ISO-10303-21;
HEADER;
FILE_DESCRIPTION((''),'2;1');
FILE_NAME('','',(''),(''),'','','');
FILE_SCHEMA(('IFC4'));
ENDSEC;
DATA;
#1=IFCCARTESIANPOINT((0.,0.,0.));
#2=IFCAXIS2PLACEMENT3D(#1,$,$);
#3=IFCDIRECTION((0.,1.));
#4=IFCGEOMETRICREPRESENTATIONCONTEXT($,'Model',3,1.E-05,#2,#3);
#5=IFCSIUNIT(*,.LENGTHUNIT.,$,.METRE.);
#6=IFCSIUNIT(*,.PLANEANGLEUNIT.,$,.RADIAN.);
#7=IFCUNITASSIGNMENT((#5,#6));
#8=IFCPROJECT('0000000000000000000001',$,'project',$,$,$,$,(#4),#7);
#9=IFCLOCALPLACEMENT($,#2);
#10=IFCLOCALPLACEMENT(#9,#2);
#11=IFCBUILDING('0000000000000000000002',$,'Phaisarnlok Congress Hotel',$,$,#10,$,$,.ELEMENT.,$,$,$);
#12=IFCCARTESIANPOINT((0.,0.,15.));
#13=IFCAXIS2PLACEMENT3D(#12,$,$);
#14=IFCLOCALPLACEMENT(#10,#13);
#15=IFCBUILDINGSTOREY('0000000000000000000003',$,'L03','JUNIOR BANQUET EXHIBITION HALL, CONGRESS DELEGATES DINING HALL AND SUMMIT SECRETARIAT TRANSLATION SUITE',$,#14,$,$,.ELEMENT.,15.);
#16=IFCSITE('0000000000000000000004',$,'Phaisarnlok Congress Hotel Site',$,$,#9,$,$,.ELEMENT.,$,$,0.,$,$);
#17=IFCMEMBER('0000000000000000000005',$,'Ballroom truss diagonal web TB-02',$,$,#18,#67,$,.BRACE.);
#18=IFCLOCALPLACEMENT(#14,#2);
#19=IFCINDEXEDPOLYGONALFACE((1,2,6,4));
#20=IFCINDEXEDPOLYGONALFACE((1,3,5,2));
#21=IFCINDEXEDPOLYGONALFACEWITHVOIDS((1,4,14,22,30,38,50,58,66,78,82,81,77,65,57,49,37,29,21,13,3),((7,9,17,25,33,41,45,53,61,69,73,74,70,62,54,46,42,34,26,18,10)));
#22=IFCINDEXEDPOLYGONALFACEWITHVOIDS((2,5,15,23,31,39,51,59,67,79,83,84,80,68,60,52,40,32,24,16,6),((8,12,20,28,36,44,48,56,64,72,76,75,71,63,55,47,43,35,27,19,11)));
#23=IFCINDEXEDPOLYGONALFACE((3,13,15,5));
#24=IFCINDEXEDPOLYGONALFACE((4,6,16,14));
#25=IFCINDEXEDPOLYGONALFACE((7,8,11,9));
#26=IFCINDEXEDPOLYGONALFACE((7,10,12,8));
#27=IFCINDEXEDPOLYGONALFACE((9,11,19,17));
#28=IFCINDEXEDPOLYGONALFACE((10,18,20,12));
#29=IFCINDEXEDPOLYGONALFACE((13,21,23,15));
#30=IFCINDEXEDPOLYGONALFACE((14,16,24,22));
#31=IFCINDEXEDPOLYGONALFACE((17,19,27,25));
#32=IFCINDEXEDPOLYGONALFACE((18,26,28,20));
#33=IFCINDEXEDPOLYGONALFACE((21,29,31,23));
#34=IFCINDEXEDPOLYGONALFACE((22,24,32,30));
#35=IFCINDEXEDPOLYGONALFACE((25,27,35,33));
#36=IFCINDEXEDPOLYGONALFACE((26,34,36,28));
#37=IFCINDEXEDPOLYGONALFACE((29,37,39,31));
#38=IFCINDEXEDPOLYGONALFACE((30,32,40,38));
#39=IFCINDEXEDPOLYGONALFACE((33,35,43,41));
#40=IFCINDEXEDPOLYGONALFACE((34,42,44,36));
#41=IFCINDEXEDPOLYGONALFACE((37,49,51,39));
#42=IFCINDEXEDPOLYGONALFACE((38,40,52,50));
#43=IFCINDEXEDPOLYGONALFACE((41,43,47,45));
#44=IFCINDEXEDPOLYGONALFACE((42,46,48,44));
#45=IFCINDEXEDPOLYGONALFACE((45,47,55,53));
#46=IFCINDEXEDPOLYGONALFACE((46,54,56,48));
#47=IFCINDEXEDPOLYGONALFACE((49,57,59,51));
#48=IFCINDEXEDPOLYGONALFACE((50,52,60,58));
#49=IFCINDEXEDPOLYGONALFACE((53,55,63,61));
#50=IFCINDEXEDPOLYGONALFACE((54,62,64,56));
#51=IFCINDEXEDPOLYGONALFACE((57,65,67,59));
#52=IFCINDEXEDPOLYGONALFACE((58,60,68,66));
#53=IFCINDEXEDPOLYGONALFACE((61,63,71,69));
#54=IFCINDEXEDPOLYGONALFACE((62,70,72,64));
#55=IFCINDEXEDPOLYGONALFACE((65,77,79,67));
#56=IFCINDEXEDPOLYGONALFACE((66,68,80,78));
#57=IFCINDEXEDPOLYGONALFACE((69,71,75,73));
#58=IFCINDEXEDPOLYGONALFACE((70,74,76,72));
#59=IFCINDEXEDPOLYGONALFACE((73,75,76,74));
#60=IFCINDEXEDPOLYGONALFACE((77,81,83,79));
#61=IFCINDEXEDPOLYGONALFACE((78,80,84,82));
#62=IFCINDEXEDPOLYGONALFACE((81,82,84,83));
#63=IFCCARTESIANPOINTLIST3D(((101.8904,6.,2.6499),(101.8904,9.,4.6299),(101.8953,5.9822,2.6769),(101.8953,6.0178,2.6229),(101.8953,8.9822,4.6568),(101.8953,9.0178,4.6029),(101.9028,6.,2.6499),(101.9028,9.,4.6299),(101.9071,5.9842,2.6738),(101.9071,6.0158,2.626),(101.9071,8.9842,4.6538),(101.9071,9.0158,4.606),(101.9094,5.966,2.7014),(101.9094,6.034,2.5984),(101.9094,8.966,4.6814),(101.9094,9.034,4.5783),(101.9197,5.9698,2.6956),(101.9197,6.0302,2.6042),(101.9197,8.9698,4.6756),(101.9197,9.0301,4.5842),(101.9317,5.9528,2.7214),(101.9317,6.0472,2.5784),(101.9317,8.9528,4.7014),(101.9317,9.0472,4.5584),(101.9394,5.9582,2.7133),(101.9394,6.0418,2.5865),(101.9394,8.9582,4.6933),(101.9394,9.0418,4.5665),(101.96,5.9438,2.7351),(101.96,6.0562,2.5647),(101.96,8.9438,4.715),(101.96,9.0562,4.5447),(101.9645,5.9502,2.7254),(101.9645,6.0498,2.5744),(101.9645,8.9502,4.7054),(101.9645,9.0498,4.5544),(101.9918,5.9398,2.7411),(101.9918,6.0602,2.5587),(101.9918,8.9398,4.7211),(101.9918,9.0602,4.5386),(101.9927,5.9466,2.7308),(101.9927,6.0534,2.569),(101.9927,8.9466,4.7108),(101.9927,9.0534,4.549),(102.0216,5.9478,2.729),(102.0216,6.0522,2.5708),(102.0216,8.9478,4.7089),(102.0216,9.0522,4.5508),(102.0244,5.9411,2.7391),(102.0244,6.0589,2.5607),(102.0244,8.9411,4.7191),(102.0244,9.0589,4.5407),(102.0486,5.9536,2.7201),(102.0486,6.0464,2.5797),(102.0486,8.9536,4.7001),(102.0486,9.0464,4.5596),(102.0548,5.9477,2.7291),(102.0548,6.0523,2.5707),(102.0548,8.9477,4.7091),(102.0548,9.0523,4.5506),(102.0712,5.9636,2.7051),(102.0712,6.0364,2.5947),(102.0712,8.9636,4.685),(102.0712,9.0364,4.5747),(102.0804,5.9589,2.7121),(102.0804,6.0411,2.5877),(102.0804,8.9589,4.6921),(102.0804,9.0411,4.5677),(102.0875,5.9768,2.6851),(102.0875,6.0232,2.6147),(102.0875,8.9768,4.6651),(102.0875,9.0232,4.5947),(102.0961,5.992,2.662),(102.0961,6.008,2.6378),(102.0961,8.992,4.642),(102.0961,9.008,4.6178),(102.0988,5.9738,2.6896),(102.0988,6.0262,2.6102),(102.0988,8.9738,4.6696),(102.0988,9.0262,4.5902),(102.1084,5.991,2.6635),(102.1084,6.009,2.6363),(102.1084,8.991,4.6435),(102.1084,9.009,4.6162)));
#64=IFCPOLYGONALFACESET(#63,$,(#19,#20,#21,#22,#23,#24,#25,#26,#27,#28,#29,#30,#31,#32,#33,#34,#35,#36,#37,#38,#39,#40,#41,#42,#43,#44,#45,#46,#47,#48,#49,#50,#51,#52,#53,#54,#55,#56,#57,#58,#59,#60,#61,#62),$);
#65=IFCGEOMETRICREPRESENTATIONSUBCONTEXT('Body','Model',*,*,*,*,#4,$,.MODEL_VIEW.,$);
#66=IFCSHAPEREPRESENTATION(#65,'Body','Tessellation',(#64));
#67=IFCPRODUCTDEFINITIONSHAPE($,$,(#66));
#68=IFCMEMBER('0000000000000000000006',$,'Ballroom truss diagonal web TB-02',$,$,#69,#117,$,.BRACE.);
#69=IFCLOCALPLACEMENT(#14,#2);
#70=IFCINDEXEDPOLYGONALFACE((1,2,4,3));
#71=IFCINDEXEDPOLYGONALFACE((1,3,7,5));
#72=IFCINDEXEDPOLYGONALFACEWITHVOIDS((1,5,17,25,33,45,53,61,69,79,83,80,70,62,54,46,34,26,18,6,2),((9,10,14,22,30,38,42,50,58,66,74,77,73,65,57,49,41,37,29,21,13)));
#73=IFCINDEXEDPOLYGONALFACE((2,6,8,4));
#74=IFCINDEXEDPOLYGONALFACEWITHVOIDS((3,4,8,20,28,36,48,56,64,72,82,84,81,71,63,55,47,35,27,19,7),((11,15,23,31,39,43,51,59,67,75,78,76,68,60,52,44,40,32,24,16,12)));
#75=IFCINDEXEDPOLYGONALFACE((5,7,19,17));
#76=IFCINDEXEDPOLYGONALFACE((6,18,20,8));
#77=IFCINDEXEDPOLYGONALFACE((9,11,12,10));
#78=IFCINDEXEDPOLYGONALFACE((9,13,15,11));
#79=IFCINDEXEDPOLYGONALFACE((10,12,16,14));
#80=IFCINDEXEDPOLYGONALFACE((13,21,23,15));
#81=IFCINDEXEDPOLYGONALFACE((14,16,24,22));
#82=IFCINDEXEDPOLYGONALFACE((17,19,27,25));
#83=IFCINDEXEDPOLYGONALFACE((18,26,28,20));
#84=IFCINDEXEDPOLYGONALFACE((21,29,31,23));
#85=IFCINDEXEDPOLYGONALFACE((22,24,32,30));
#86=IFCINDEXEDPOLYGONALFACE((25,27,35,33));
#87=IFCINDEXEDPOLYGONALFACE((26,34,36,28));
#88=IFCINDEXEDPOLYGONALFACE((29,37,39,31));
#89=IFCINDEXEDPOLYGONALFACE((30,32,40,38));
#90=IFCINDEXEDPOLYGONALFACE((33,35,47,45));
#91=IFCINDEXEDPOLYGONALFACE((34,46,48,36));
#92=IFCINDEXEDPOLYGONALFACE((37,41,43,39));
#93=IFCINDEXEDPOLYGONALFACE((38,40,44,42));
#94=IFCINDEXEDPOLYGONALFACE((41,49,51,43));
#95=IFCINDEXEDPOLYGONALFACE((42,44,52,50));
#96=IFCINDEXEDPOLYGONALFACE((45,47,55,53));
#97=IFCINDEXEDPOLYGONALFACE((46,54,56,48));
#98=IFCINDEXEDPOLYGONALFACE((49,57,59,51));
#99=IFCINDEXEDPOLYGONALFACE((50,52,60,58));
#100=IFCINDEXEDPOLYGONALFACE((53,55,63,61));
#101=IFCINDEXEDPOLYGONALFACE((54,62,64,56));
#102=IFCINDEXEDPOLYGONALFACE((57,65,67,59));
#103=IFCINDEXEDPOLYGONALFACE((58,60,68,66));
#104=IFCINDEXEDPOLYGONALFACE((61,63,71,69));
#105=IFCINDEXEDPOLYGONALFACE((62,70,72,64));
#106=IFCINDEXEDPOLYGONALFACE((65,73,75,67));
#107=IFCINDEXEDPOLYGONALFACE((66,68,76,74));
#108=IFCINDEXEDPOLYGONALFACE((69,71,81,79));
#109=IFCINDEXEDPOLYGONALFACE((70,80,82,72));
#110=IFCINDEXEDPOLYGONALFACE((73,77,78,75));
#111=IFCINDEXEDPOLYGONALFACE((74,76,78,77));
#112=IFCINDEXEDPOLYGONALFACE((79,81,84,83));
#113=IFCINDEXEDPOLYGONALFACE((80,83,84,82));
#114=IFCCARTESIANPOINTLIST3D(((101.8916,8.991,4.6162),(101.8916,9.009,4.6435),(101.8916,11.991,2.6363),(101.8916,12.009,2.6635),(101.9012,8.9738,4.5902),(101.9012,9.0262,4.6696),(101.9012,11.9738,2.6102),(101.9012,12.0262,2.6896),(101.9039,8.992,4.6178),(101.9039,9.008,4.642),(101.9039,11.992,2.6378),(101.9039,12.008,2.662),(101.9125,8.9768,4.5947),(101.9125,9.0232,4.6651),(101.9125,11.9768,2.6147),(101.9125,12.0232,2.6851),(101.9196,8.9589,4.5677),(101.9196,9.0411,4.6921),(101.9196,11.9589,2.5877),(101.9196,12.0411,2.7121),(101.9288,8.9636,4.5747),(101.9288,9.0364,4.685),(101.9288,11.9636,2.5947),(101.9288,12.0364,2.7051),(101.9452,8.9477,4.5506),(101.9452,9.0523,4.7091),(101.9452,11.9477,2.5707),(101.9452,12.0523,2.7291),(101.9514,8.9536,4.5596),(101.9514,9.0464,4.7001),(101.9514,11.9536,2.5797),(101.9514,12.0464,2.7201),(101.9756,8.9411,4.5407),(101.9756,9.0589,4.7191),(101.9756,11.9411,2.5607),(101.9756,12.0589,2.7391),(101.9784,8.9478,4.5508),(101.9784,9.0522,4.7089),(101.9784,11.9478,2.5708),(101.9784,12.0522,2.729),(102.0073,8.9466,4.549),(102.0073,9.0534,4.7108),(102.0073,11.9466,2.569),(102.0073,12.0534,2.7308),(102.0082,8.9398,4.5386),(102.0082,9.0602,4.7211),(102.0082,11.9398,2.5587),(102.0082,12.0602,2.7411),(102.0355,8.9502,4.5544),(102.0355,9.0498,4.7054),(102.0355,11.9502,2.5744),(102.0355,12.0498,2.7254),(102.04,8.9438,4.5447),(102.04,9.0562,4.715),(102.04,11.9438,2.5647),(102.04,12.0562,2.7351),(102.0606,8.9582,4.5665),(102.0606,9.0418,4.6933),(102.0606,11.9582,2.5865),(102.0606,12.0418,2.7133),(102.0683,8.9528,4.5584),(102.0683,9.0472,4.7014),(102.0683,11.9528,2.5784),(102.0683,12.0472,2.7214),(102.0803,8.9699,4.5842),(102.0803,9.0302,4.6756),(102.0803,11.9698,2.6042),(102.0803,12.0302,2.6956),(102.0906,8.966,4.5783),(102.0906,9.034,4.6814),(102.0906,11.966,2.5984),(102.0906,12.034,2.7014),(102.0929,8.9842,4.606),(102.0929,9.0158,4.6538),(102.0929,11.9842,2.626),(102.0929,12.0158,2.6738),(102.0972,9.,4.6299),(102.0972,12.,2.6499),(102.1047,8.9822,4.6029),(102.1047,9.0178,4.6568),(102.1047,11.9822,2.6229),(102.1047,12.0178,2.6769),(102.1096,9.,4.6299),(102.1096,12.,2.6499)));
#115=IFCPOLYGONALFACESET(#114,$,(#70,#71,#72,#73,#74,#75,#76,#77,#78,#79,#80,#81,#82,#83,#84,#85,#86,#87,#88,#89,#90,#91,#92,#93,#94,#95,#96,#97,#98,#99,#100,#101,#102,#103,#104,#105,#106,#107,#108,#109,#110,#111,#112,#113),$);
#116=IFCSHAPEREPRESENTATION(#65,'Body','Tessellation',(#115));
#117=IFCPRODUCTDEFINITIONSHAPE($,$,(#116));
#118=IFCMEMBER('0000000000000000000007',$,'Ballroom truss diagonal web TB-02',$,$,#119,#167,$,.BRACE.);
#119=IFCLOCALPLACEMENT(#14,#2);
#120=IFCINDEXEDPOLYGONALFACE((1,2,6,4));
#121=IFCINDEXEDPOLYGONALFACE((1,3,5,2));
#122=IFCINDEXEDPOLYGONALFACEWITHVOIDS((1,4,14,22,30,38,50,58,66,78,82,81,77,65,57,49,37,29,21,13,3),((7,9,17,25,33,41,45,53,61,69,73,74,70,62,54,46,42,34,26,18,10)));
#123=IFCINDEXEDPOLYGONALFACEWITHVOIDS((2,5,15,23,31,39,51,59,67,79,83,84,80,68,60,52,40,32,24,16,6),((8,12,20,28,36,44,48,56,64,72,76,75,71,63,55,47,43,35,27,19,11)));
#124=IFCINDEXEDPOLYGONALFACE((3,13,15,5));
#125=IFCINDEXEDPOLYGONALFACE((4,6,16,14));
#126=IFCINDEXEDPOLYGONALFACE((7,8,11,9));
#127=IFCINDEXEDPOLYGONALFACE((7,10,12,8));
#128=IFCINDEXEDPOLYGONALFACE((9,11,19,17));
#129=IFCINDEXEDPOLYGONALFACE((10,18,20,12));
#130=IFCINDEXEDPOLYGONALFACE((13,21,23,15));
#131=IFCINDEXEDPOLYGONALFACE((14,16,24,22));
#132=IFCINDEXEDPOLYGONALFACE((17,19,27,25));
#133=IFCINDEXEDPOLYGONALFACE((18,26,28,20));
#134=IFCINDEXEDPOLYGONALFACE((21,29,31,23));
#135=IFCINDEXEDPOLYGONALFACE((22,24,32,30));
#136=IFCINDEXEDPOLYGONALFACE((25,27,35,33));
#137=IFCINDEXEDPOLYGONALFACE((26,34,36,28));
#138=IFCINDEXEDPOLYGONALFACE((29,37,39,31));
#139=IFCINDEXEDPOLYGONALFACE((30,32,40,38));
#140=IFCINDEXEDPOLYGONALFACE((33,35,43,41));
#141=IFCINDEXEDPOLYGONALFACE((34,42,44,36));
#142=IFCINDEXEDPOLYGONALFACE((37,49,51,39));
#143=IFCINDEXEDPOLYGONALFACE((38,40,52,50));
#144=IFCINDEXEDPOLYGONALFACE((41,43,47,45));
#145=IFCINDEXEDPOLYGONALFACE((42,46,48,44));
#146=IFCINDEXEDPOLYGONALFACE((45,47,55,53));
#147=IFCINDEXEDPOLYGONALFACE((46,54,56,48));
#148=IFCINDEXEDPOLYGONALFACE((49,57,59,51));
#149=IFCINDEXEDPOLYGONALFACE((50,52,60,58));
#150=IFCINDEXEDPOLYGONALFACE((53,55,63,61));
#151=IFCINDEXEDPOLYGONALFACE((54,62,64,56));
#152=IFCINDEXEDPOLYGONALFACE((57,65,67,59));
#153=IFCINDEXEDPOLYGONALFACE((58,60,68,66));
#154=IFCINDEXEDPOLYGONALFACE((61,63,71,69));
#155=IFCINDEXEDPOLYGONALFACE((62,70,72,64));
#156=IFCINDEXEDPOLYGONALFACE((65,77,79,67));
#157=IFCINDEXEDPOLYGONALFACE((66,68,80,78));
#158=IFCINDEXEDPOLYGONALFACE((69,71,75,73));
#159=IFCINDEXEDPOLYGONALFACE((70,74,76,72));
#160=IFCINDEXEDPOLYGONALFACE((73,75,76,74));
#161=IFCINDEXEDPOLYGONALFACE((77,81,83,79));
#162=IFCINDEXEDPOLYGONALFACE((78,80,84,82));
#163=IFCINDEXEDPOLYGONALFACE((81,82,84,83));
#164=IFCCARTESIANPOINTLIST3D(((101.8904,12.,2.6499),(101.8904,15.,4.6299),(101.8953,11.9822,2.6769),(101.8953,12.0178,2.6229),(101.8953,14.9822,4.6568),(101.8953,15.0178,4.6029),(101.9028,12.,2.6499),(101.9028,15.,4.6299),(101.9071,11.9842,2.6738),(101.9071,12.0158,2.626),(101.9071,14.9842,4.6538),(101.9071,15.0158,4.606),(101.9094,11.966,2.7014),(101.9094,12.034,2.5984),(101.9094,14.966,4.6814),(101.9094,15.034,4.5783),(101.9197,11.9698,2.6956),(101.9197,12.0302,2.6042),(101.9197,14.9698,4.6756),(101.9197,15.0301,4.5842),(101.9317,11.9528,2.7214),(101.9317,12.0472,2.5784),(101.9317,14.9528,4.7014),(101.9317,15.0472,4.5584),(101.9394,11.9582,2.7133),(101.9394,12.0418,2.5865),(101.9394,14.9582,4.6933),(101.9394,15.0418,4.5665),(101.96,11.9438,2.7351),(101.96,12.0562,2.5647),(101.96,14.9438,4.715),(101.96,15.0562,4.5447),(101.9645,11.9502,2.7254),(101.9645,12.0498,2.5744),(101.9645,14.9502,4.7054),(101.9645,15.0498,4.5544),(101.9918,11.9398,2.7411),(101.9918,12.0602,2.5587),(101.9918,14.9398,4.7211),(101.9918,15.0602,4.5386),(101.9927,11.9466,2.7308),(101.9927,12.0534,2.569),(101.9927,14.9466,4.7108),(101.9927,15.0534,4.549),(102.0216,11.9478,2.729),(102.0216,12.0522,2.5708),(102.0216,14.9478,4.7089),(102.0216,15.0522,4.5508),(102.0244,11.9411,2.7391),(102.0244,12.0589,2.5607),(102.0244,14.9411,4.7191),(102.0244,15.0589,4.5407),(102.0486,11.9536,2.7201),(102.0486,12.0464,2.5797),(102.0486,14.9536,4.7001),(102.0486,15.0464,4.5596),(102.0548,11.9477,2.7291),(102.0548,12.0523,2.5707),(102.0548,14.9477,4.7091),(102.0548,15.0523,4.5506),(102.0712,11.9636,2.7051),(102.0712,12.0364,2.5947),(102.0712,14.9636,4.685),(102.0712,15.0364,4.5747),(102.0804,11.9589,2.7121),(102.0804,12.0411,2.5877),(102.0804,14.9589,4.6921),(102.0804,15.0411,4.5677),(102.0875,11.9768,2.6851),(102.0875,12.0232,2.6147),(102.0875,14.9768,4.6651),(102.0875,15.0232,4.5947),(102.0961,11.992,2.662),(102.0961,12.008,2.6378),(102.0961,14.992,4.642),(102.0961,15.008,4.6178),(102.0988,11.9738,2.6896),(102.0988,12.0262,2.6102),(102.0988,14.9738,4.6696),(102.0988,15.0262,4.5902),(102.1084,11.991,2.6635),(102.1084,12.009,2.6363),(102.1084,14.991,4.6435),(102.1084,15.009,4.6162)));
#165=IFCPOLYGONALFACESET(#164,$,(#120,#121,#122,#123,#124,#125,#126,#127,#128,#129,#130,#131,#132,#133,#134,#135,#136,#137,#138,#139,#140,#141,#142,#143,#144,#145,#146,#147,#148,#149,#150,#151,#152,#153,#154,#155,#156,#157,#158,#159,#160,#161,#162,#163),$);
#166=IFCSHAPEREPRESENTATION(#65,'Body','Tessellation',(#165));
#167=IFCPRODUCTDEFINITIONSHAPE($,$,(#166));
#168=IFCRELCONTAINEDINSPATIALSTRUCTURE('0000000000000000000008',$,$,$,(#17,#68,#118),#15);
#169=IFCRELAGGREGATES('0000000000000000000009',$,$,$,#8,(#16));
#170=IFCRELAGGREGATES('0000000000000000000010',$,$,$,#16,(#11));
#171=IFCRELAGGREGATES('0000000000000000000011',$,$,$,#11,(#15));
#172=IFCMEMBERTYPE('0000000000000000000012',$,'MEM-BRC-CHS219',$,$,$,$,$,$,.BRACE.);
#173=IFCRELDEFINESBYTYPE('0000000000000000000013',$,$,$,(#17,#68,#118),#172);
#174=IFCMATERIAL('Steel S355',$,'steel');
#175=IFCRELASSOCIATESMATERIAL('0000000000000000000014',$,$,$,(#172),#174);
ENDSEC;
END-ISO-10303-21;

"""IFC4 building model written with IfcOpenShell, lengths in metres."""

from ifc_helpers import new_model, si_unit, direction, frame, origin, origin_2d, place, context, subcontext, project, spatial, hollow_circle, extrude, material, material_profile, profile_set, type_object, element, save


model = new_model("IFC4")

# Units and contexts
model_context = context("Model", 3, precision=1e-05, world=origin(), true_north=direction((0.0, 1.0)))
body_context = subcontext(model_context, "Body", "Model", "MODEL_VIEW")
ifc_project = project(units=[si_unit("LENGTHUNIT", "METRE"), si_unit("PLANEANGLEUNIT", "RADIAN")], contexts=[model_context])

# Site, building, storey
site_placement = place(None, origin())
site = spatial("IfcSite", under=ifc_project, at=site_placement, Name="Phaisarnlok Congress Hotel Site", CompositionType="ELEMENT", RefElevation=0.0)
building_placement = place(site_placement, origin())
building = spatial("IfcBuilding", under=site, at=building_placement, Name="Phaisarnlok Congress Hotel", CompositionType="ELEMENT")
storey_placement = place(building_placement, frame((0.0, 0.0, 15.0)))
storey = spatial("IfcBuildingStorey", under=building, at=storey_placement, Name="L03", Description="JUNIOR BANQUET EXHIBITION HALL, CONGRESS DELEGATES DINING HALL AND SUMMIT SECRETARIAT TRANSLATION SUITE", CompositionType="ELEMENT", Elevation=15.0)

# Members
ifc_material_1 = material(Name="Steel S355", Category="steel")
ifc_material_profile_1 = material_profile(ifc_material_1, hollow_circle(Radius=0.1096, WallThickness=0.0125, at=origin_2d()), Name="CHS 219.1x12.5")
ifc_profile_set_1 = profile_set([ifc_material_profile_1], Name="Steel S355")
member_type_1 = type_object("IfcMemberType", Name="MEM-BRC-CHS219", PredefinedType="BRACE", material=ifc_profile_set_1)
for number, where, z_axis, x_axis, name in (
    (1, (102.0, 6.0, 2.6499), (0.0, 0.834612, 0.550838), (-1.0, 0.0, 0.0), "Ballroom truss diagonal web TB-02"),
    (2, (102.0, 12.0, 2.6499), (0.0, -0.834612, 0.550838), (1.0, 0.0, 0.0), "Ballroom truss diagonal web TB-02"),
    (3, (102.0, 12.0, 2.6499), (0.0, 0.834612, 0.550838), (-1.0, 0.0, 0.0), "Ballroom truss diagonal web TB-02"),
):
    element("IfcMember", number, at=place(storey_placement, frame(where, z_axis=z_axis, x_axis=x_axis)), inside=storey, type_object=member_type_1, Name=name, PredefinedType="BRACE", context=body_context, shape_type="SweptSolid", body=[
        extrude(hollow_circle(Radius=0.1096, WallThickness=0.0125, at=origin_2d()), origin(), (0.0, 0.0, 1.0), 3.5945),
    ])

save(model, "model.ifc")
